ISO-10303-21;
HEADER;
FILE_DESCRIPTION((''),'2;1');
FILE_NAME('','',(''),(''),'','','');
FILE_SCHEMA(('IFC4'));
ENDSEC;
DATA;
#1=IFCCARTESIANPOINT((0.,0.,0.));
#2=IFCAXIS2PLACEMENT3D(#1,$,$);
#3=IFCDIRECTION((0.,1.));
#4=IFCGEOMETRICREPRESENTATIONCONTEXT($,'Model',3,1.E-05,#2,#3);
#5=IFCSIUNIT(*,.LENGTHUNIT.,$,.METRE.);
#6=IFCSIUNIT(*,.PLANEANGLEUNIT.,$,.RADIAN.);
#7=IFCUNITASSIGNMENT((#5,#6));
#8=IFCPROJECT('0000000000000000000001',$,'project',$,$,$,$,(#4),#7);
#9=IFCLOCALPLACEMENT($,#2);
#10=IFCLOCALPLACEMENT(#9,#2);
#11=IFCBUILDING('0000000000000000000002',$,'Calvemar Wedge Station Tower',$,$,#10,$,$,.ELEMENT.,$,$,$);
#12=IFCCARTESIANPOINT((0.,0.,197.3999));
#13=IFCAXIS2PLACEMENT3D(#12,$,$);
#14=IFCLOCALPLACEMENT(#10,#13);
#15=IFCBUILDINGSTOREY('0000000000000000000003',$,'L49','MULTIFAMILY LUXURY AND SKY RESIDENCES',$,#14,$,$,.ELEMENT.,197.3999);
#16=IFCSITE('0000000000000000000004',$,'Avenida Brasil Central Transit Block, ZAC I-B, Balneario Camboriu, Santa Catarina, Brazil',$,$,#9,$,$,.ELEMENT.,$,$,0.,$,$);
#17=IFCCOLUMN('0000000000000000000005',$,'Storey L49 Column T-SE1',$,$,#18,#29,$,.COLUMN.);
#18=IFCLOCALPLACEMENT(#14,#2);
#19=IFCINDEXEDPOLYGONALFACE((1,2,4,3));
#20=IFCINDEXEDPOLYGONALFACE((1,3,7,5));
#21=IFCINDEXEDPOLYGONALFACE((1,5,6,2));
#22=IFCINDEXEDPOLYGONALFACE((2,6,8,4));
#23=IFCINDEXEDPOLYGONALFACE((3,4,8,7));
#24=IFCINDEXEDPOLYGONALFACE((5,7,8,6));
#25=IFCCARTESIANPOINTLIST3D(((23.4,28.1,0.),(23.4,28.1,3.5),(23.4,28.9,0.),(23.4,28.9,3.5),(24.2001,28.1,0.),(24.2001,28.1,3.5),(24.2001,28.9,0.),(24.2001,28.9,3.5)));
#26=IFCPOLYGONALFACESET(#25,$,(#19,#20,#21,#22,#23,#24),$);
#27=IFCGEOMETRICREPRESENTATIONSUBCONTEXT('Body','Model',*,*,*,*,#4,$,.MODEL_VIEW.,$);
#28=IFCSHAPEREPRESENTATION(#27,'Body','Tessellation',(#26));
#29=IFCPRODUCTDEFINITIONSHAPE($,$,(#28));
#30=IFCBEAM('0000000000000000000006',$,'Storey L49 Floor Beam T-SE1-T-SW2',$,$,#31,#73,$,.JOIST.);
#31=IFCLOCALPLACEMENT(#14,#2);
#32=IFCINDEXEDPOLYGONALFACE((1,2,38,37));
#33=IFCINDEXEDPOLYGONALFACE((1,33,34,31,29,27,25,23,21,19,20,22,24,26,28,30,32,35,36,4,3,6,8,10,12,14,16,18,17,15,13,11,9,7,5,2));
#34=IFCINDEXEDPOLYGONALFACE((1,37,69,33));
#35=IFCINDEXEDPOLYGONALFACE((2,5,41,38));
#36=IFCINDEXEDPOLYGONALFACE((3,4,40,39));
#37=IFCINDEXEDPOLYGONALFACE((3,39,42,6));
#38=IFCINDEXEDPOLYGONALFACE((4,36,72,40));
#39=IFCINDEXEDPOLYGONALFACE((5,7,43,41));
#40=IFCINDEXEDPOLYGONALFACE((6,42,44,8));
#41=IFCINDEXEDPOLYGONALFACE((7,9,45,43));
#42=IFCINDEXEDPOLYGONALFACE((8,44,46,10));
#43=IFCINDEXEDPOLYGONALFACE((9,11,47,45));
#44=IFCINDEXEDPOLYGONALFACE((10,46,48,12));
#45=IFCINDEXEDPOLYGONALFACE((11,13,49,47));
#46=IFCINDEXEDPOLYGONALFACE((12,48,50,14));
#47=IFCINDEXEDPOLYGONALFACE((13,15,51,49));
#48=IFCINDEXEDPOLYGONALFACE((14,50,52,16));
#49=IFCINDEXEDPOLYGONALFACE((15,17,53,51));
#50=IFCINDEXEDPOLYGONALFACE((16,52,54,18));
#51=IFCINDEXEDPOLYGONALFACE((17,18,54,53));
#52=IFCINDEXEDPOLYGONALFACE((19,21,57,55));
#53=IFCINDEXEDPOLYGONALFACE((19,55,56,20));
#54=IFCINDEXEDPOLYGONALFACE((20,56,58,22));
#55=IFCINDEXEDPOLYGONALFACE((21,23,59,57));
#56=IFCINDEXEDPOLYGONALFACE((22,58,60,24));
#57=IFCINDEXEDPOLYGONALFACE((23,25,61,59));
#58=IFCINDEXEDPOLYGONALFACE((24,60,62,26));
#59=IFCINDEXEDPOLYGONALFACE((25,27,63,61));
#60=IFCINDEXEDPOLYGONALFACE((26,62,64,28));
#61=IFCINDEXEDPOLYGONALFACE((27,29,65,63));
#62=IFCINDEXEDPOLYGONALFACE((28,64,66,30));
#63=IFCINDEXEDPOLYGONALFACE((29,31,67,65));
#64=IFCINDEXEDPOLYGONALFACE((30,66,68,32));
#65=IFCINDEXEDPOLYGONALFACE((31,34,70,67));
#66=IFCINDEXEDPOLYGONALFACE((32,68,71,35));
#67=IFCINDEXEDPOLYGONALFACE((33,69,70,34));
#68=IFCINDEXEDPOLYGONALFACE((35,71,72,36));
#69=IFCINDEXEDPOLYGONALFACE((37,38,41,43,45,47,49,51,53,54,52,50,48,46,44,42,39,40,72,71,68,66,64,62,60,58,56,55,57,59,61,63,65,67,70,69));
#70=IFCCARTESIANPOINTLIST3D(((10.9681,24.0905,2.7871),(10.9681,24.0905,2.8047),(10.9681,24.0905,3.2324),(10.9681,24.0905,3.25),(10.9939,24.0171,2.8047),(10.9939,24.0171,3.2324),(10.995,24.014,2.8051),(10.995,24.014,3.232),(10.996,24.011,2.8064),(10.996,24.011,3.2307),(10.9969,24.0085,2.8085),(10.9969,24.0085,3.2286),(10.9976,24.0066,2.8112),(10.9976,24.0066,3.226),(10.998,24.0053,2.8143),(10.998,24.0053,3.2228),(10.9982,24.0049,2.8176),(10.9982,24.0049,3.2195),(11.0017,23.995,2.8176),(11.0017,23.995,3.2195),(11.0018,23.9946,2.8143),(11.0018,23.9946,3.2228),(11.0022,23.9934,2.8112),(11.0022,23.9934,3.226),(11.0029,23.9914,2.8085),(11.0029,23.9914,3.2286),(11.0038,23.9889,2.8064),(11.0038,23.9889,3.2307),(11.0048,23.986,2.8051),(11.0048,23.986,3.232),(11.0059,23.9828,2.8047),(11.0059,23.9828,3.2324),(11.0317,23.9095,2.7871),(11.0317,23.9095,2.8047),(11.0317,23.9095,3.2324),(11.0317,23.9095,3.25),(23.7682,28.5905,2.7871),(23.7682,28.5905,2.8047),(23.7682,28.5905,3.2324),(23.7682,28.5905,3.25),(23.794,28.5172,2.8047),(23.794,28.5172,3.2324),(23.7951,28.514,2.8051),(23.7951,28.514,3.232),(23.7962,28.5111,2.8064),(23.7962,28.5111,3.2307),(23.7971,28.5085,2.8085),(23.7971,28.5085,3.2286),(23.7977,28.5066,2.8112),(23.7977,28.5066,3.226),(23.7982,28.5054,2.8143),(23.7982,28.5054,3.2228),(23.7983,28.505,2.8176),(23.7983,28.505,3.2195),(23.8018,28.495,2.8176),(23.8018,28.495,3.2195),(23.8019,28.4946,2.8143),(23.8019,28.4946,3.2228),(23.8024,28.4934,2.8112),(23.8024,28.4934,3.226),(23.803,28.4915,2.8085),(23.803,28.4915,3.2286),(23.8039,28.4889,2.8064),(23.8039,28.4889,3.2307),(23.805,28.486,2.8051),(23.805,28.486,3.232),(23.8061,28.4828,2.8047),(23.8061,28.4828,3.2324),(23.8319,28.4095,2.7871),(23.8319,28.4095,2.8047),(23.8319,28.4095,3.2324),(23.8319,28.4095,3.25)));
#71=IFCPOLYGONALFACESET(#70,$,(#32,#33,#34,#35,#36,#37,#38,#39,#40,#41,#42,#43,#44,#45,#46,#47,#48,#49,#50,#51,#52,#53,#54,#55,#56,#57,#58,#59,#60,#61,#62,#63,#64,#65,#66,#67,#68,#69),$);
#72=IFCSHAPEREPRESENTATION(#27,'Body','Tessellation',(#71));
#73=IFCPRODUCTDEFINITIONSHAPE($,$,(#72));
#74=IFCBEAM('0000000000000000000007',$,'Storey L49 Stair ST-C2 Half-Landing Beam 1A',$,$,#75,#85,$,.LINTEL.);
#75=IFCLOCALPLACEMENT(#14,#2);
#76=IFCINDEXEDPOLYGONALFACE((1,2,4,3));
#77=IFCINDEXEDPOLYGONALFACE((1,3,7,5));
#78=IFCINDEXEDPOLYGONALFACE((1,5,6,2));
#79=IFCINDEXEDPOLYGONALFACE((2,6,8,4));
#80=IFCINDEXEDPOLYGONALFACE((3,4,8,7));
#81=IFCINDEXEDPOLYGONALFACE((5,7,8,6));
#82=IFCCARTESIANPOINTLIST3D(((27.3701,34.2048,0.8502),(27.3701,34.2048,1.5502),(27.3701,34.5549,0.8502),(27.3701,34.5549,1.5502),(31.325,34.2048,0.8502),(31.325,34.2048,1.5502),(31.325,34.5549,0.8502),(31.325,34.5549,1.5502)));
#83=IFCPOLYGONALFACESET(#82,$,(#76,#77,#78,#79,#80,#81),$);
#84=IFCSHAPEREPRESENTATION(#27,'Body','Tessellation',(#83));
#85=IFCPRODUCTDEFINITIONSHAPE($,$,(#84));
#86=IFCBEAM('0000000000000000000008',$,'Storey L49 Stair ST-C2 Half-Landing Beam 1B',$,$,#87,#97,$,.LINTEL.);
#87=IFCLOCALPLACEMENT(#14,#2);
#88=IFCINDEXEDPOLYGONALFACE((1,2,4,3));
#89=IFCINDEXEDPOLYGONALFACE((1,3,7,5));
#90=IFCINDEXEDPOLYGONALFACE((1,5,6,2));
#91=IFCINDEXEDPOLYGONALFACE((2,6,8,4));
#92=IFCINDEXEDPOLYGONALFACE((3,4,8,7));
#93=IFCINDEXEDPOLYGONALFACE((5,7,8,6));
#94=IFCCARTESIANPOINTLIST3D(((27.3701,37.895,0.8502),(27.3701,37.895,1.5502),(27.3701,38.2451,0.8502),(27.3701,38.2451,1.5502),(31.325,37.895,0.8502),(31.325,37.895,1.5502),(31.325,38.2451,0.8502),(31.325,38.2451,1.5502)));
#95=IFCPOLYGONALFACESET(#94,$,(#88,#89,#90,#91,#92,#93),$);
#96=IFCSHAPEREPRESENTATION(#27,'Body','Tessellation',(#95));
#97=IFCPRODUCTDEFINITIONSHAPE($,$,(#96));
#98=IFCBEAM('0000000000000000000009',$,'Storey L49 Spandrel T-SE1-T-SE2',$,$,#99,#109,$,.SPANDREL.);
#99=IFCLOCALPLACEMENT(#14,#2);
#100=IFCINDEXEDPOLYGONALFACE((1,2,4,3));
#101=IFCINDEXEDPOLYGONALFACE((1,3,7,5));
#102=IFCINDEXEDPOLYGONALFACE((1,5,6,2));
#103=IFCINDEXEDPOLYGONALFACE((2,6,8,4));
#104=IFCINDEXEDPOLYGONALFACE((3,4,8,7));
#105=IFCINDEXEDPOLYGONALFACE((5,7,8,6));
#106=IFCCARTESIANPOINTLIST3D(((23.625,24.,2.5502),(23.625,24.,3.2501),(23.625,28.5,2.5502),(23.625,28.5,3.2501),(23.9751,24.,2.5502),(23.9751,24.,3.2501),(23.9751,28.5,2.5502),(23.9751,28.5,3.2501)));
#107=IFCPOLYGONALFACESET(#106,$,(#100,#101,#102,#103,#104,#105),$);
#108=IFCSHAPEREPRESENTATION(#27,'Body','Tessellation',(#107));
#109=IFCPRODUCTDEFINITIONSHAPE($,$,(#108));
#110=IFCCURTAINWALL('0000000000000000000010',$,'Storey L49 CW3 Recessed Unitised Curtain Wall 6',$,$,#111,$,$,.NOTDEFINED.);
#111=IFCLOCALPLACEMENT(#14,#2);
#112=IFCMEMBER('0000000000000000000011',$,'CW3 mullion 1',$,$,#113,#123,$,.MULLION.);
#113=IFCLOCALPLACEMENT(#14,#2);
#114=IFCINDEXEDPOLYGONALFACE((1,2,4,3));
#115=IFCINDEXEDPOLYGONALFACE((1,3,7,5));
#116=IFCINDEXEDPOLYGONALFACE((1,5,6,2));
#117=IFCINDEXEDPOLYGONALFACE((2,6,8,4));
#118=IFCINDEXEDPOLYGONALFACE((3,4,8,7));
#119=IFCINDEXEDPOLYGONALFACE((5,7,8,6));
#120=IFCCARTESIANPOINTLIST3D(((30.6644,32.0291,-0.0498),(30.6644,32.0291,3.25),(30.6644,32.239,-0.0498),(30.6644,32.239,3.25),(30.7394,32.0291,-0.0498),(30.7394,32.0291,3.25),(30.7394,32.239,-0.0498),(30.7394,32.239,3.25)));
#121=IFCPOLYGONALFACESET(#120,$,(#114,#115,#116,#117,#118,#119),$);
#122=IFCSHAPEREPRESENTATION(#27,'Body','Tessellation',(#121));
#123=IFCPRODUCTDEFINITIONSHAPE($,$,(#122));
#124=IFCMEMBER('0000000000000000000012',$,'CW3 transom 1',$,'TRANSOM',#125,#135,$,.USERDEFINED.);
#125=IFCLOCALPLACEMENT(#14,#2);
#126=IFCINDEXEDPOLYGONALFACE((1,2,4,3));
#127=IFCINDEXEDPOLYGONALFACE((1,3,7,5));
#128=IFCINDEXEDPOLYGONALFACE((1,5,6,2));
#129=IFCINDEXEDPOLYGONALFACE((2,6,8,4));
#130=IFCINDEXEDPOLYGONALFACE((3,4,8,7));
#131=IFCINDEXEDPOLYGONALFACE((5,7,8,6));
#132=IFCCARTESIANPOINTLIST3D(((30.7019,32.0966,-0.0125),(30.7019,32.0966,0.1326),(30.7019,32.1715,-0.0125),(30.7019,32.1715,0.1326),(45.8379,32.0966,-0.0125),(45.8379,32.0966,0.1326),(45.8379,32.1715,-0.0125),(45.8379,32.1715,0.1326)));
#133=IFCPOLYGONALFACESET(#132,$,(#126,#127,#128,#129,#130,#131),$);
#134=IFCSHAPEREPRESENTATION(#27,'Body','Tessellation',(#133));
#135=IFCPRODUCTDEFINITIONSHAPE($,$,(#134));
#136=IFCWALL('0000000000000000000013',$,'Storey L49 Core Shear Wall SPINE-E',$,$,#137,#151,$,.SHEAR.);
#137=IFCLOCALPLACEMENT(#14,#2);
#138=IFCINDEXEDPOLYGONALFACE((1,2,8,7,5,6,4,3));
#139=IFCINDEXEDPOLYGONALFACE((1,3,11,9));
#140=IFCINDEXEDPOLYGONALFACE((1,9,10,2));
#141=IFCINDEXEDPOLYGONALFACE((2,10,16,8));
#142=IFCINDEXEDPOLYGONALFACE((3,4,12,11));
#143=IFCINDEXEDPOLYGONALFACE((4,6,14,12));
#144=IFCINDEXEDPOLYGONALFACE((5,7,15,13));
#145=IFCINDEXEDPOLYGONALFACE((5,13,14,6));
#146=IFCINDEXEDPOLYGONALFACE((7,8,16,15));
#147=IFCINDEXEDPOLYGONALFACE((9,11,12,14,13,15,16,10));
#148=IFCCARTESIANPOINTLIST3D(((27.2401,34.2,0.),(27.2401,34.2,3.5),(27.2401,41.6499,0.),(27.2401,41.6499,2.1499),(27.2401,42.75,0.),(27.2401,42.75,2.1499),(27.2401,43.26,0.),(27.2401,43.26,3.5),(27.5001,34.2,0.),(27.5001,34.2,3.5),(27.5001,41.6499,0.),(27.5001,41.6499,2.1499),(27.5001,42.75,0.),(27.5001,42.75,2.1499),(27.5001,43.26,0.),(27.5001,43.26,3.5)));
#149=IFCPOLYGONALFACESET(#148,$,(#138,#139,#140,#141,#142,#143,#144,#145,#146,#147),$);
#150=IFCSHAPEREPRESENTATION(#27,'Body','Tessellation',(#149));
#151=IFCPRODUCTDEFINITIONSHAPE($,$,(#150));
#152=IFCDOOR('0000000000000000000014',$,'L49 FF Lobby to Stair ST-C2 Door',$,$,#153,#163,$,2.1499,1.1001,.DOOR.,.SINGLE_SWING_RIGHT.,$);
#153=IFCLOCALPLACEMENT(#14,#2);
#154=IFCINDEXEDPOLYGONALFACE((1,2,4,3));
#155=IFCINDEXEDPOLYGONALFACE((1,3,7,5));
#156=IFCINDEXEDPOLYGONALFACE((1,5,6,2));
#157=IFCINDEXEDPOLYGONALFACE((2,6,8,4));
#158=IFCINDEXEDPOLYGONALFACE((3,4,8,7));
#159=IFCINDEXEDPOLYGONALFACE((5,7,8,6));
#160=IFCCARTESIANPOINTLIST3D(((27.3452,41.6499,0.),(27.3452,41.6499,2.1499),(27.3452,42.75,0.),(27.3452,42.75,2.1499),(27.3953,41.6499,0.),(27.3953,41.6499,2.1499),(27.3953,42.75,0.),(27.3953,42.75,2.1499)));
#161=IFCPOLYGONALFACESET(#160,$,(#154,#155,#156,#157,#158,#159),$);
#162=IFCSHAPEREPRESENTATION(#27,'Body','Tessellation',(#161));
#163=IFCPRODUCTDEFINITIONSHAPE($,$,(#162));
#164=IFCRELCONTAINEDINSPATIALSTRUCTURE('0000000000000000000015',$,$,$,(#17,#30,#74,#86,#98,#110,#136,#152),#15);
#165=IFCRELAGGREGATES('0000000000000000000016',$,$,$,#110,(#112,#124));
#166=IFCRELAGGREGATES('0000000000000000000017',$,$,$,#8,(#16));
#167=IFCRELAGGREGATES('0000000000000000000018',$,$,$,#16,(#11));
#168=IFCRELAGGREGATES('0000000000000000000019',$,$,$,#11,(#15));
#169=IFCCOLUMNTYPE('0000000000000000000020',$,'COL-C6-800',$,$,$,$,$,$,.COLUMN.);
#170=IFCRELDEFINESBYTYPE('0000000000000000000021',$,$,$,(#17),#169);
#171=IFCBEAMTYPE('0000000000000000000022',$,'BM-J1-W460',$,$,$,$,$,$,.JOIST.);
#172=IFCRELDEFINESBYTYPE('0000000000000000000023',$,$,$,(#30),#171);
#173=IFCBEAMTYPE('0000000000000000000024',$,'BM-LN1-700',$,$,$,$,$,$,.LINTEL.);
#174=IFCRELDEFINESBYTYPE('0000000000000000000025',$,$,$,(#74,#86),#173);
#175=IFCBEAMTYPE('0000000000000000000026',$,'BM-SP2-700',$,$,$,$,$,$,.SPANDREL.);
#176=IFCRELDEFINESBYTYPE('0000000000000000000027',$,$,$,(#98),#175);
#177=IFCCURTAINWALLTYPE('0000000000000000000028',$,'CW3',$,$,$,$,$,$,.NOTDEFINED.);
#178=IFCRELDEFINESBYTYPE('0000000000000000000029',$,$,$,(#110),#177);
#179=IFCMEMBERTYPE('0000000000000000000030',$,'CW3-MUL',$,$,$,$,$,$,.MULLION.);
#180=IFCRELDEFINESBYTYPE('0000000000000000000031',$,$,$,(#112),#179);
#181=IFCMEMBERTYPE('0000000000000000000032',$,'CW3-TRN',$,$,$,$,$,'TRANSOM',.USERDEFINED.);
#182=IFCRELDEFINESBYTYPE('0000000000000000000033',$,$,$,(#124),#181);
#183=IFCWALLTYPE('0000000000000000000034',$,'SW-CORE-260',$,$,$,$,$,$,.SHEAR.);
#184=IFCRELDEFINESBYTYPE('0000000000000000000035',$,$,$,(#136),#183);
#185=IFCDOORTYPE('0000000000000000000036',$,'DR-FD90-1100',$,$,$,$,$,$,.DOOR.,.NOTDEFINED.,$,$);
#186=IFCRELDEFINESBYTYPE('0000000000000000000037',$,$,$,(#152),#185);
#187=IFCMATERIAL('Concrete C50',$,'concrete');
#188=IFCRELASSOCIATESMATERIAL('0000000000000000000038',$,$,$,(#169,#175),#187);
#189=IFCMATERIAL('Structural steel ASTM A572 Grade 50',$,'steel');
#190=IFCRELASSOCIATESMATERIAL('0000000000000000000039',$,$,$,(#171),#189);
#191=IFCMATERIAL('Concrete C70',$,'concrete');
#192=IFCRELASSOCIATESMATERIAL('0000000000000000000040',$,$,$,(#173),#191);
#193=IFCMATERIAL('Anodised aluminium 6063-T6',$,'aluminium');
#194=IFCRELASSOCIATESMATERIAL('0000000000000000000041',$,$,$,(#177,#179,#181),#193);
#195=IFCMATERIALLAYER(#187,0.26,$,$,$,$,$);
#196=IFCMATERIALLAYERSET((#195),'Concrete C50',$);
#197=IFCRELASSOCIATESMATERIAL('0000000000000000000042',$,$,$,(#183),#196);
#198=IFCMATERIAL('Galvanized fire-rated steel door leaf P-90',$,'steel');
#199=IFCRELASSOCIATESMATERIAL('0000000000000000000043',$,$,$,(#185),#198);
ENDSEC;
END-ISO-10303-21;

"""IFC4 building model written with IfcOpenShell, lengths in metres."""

from ifc_helpers import new_model, si_unit, direction, frame, frame_2d, origin, origin_2d, place, context, subcontext, project, spatial, rectangle, i_section, extrude, source, transform, mapped, material, layer, layer_set, material_profile, profile_set, type_object, element, fill, aggregate, save


model = new_model("IFC4")

# Units and contexts
model_context = context("Model", 3, precision=1e-05, world=origin(), true_north=direction((0.0, 1.0)))
body_context = subcontext(model_context, "Body", "Model", "MODEL_VIEW")
ifc_project = project(units=[si_unit("LENGTHUNIT", "METRE"), si_unit("PLANEANGLEUNIT", "RADIAN")], contexts=[model_context])

# Site, building, storey
site_placement = place(None, origin())
site = spatial("IfcSite", under=ifc_project, at=site_placement, Name="Avenida Brasil Central Transit Block, ZAC I-B, Balneario Camboriu, Santa Catarina, Brazil", CompositionType="ELEMENT", RefElevation=0.0)
building_placement = place(site_placement, origin())
building = spatial("IfcBuilding", under=site, at=building_placement, Name="Calvemar Wedge Station Tower", CompositionType="ELEMENT")
storey_placement = place(building_placement, frame((0.0, 0.0, 197.3999)))
storey = spatial("IfcBuildingStorey", under=building, at=storey_placement, Name="L49", Description="MULTIFAMILY LUXURY AND SKY RESIDENCES", CompositionType="ELEMENT", Elevation=197.3999)

# Column
ifc_material_1 = material(Name="Concrete C50", Category="concrete")
ifc_material_profile_1 = material_profile(ifc_material_1, rectangle(XDim=0.8, YDim=0.8, at=origin_2d()), Name="RC800x800")
ifc_profile_set_1 = profile_set([ifc_material_profile_1], Name="Concrete C50")
column_type = type_object("IfcColumnType", Name="COL-C6-800", PredefinedType="COLUMN", material=ifc_profile_set_1)
shared_shape_1 = source(origin(), body_context, "Body", "SweptSolid", [
    extrude(rectangle(XDim=0.8, YDim=0.8, at=origin_2d()), origin(), (0.0, 0.0, 1.0), 3.5),
])
column_placement = place(storey_placement, frame((23.8, 28.5, 0.0), z_axis=(0.0, 0.0, 1.0), x_axis=(1.0, 0.0, 0.0)))
element("IfcColumn", 1, at=column_placement, inside=storey, type_object=column_type, Name="Storey L49 Column T-SE1", PredefinedType="COLUMN", context=body_context, shape_type="MappedRepresentation", body=[
    mapped(shared_shape_1, transform((0.0, 0.0, 0.0), scale=1.0)),
])

# Beams
ifc_material_2 = material(Name="Structural steel ASTM A572 Grade 50", Category="steel")
ifc_material_profile_2 = material_profile(ifc_material_2, i_section(OverallWidth=0.1919, OverallDepth=0.4629, WebThickness=0.0105, FlangeThickness=0.0176, FilletRadius=0.0129, at=origin_2d()), Name="W460x89")
ifc_profile_set_2 = profile_set([ifc_material_profile_2], Name="Structural steel ASTM A572 Grade 50")
beam_type_1 = type_object("IfcBeamType", Name="BM-J1-W460", PredefinedType="JOIST", material=ifc_profile_set_2)
shared_shape_2 = source(origin(), body_context, "Body", "SweptSolid", [
    extrude(i_section(OverallWidth=0.1919, OverallDepth=0.4629, WebThickness=0.0105, FlangeThickness=0.0176, FilletRadius=0.0129, at=origin_2d()), origin(), (0.0, 0.0, 1.0), 13.5681),
])
beam_1_placement = place(storey_placement, frame((23.8, 28.5, 3.0186), z_axis=(-0.943398, -0.331662, 0.0), x_axis=(0.331662, -0.943398, 0.0)))
element("IfcBeam", 2, at=beam_1_placement, inside=storey, type_object=beam_type_1, Name="Storey L49 Floor Beam T-SE1-T-SW2", PredefinedType="JOIST", context=body_context, shape_type="MappedRepresentation", body=[
    mapped(shared_shape_2, transform((0.0, 0.0, 0.0), scale=1.0)),
])
ifc_material_3 = material(Name="Concrete C70", Category="concrete")
ifc_material_profile_3 = material_profile(ifc_material_3, rectangle(XDim=0.3501, YDim=0.7, at=origin_2d()), Name="RC350x700")
ifc_profile_set_3 = profile_set([ifc_material_profile_3], Name="Concrete C70")
beam_type_2 = type_object("IfcBeamType", Name="BM-LN1-700", PredefinedType="LINTEL", material=ifc_profile_set_3)
shared_shape_3 = source(origin(), body_context, "Body", "SweptSolid", [
    extrude(rectangle(XDim=0.3501, YDim=0.7, at=origin_2d()), origin(), (0.0, 0.0, 1.0), 3.9548),
])
for number, where, z_axis, x_axis, name in (
    (3, (27.3701, 34.3799, 1.2002), (1.0, 0.0, 0.0), (0.0, 1.0, 0.0), "Storey L49 Stair ST-C2 Half-Landing Beam 1A"),
    (4, (27.3701, 38.0701, 1.2002), (1.0, 0.0, 0.0), (0.0, 1.0, 0.0), "Storey L49 Stair ST-C2 Half-Landing Beam 1B"),
):
    element("IfcBeam", number, at=place(storey_placement, frame(where, z_axis=z_axis, x_axis=x_axis)), inside=storey, type_object=beam_type_2, Name=name, PredefinedType="LINTEL", context=body_context, shape_type="MappedRepresentation", body=[
        mapped(shared_shape_3, transform((0.0, 0.0, 0.0), scale=1.0)),
    ])
ifc_material_profile_4 = material_profile(ifc_material_1, rectangle(XDim=0.3501, YDim=0.7, at=origin_2d()), Name="RC350x700")
ifc_profile_set_4 = profile_set([ifc_material_profile_4], Name="Concrete C50")
beam_type_3 = type_object("IfcBeamType", Name="BM-SP2-700", PredefinedType="SPANDREL", material=ifc_profile_set_4)
shared_shape_4 = source(origin(), body_context, "Body", "SweptSolid", [
    extrude(rectangle(XDim=0.3501, YDim=0.7, at=origin_2d()), origin(), (0.0, 0.0, 1.0), 4.5),
])
beam_2_placement = place(storey_placement, frame((23.8, 28.5, 2.9001), z_axis=(0.0, -1.0, 0.0), x_axis=(1.0, 0.0, 0.0)))
element("IfcBeam", 5, at=beam_2_placement, inside=storey, type_object=beam_type_3, Name="Storey L49 Spandrel T-SE1-T-SE2", PredefinedType="SPANDREL", context=body_context, shape_type="MappedRepresentation", body=[
    mapped(shared_shape_4, transform((0.0, 0.0, 0.0), scale=1.0)),
])

# Curtain wall, members
ifc_material_4 = material(Name="Anodised aluminium 6063-T6", Category="aluminium")
curtain_wall_type = type_object("IfcCurtainWallType", Name="CW3", PredefinedType="NOTDEFINED", material=ifc_material_4)
curtain_wall_placement = place(storey_placement, origin())
curtain_wall = element("IfcCurtainWall", 6, at=curtain_wall_placement, inside=storey, type_object=curtain_wall_type, Name="Storey L49 CW3 Recessed Unitised Curtain Wall 6", PredefinedType="NOTDEFINED")
ifc_material_profile_5 = material_profile(ifc_material_4, rectangle(XDim=0.075, YDim=0.21, at=origin_2d()), Name="AL-MUL-75x210")
ifc_profile_set_5 = profile_set([ifc_material_profile_5], Name="Anodised aluminium 6063-T6")
member_type_1 = type_object("IfcMemberType", Name="CW3-MUL", PredefinedType="MULLION", material=ifc_profile_set_5)
shared_shape_5 = source(origin(), body_context, "Body", "SweptSolid", [
    extrude(rectangle(XDim=0.075, YDim=0.21, at=origin_2d()), origin(), (0.0, 0.0, 1.0), 3.2998),
])
member_1_placement = place(storey_placement, frame((30.7019, 32.134, -0.0498), z_axis=(0.0, 0.0, 1.0), x_axis=(1.0, 0.0, 0.0)))
member_1 = element("IfcMember", 7, at=member_1_placement, type_object=member_type_1, Name="CW3 mullion 1", PredefinedType="MULLION", context=body_context, shape_type="MappedRepresentation", body=[
    mapped(shared_shape_5, transform((0.0, 0.0, 0.0), scale=1.0)),
])
ifc_material_profile_6 = material_profile(ifc_material_4, rectangle(XDim=0.075, YDim=0.145, at=origin_2d()), Name="AL-TRN-75x145")
ifc_profile_set_6 = profile_set([ifc_material_profile_6], Name="Anodised aluminium 6063-T6")
member_type_2 = type_object("IfcMemberType", Name="CW3-TRN", ElementType="TRANSOM", PredefinedType="USERDEFINED", material=ifc_profile_set_6)
shared_shape_6 = source(origin(), body_context, "Body", "SweptSolid", [
    extrude(rectangle(XDim=0.075, YDim=0.145, at=origin_2d()), origin(), (0.0, 0.0, 1.0), 15.136),
])
member_2_placement = place(storey_placement, frame((30.7019, 32.134, 0.0601), z_axis=(1.0, 0.0, 0.0), x_axis=(0.0, 1.0, 0.0)))
member_2 = element("IfcMember", 8, at=member_2_placement, type_object=member_type_2, Name="CW3 transom 1", ObjectType="TRANSOM", PredefinedType="USERDEFINED", context=body_context, shape_type="MappedRepresentation", body=[
    mapped(shared_shape_6, transform((0.0, 0.0, 0.0), scale=1.0)),
])
aggregate(curtain_wall, [member_1, member_2])

# Wall, opening, door
ifc_layer_1 = layer(ifc_material_1, 0.26)
ifc_layer_set_1 = layer_set([ifc_layer_1], Name="Concrete C50")
wall_type_1 = type_object("IfcWallType", Name="SW-CORE-260", PredefinedType="SHEAR", material=ifc_layer_set_1)
wall_1_placement = place(storey_placement, frame((27.3701, 34.2, 0.0), z_axis=(0.0, 0.0, 1.0), x_axis=(0.0, 1.0, 0.0)))
wall_1 = element("IfcWall", 9, at=wall_1_placement, inside=storey, type_object=wall_type_1, Name="Storey L49 Core Shear Wall SPINE-E", PredefinedType="SHEAR", context=body_context, shape_type="SweptSolid", body=[
    extrude(rectangle(XDim=9.0601, YDim=0.26, at=frame_2d((4.53, 0.0))), origin(), (0.0, 0.0, 1.0), 3.5),
])
shared_shape_7 = source(origin(), body_context, "Body", "SweptSolid", [
    extrude(rectangle(XDim=1.1001, YDim=2.1499, at=frame_2d((0.55, 1.075))), frame((0.0, 0.1401, 0.0), z_axis=(0.0, -1.0, 0.0), x_axis=(1.0, 0.0, 0.0)), (0.0, 0.0, 1.0), 0.28),
])
opening_1_placement = place(wall_1_placement, frame((7.45, 0.0, 0.0)))
opening_1 = element("IfcOpeningElement", 10, at=opening_1_placement, cuts=wall_1, PredefinedType="OPENING", context=body_context, shape_type="MappedRepresentation", body=[
    mapped(shared_shape_7, transform((0.0, 0.0, 0.0), scale=1.0)),
])
ifc_material_5 = material(Name="Galvanized fire-rated steel door leaf P-90", Category="steel")
door_type = type_object("IfcDoorType", Name="DR-FD90-1100", OperationType="NOTDEFINED", PredefinedType="DOOR", material=ifc_material_5)
shared_shape_8 = source(origin(), body_context, "Body", "SweptSolid", [
    extrude(rectangle(XDim=1.1001, YDim=2.1499, at=frame_2d((0.55, 1.075))), frame((0.0, 0.0249, 0.0), z_axis=(0.0, -1.0, 0.0), x_axis=(1.0, 0.0, 0.0)), (0.0, 0.0, 1.0), 0.05),
])
door_placement = place(opening_1_placement, origin())
door = element("IfcDoor", 11, at=door_placement, inside=storey, type_object=door_type, Name="L49 FF Lobby to Stair ST-C2 Door", OperationType="SINGLE_SWING_RIGHT", OverallHeight=2.1499, OverallWidth=1.1001, PredefinedType="DOOR", context=body_context, shape_type="MappedRepresentation", body=[
    mapped(shared_shape_8, transform((0.0, 0.0, 0.0), scale=1.0)),
])
fill(opening_1, door)

save(model, "model.ifc")
